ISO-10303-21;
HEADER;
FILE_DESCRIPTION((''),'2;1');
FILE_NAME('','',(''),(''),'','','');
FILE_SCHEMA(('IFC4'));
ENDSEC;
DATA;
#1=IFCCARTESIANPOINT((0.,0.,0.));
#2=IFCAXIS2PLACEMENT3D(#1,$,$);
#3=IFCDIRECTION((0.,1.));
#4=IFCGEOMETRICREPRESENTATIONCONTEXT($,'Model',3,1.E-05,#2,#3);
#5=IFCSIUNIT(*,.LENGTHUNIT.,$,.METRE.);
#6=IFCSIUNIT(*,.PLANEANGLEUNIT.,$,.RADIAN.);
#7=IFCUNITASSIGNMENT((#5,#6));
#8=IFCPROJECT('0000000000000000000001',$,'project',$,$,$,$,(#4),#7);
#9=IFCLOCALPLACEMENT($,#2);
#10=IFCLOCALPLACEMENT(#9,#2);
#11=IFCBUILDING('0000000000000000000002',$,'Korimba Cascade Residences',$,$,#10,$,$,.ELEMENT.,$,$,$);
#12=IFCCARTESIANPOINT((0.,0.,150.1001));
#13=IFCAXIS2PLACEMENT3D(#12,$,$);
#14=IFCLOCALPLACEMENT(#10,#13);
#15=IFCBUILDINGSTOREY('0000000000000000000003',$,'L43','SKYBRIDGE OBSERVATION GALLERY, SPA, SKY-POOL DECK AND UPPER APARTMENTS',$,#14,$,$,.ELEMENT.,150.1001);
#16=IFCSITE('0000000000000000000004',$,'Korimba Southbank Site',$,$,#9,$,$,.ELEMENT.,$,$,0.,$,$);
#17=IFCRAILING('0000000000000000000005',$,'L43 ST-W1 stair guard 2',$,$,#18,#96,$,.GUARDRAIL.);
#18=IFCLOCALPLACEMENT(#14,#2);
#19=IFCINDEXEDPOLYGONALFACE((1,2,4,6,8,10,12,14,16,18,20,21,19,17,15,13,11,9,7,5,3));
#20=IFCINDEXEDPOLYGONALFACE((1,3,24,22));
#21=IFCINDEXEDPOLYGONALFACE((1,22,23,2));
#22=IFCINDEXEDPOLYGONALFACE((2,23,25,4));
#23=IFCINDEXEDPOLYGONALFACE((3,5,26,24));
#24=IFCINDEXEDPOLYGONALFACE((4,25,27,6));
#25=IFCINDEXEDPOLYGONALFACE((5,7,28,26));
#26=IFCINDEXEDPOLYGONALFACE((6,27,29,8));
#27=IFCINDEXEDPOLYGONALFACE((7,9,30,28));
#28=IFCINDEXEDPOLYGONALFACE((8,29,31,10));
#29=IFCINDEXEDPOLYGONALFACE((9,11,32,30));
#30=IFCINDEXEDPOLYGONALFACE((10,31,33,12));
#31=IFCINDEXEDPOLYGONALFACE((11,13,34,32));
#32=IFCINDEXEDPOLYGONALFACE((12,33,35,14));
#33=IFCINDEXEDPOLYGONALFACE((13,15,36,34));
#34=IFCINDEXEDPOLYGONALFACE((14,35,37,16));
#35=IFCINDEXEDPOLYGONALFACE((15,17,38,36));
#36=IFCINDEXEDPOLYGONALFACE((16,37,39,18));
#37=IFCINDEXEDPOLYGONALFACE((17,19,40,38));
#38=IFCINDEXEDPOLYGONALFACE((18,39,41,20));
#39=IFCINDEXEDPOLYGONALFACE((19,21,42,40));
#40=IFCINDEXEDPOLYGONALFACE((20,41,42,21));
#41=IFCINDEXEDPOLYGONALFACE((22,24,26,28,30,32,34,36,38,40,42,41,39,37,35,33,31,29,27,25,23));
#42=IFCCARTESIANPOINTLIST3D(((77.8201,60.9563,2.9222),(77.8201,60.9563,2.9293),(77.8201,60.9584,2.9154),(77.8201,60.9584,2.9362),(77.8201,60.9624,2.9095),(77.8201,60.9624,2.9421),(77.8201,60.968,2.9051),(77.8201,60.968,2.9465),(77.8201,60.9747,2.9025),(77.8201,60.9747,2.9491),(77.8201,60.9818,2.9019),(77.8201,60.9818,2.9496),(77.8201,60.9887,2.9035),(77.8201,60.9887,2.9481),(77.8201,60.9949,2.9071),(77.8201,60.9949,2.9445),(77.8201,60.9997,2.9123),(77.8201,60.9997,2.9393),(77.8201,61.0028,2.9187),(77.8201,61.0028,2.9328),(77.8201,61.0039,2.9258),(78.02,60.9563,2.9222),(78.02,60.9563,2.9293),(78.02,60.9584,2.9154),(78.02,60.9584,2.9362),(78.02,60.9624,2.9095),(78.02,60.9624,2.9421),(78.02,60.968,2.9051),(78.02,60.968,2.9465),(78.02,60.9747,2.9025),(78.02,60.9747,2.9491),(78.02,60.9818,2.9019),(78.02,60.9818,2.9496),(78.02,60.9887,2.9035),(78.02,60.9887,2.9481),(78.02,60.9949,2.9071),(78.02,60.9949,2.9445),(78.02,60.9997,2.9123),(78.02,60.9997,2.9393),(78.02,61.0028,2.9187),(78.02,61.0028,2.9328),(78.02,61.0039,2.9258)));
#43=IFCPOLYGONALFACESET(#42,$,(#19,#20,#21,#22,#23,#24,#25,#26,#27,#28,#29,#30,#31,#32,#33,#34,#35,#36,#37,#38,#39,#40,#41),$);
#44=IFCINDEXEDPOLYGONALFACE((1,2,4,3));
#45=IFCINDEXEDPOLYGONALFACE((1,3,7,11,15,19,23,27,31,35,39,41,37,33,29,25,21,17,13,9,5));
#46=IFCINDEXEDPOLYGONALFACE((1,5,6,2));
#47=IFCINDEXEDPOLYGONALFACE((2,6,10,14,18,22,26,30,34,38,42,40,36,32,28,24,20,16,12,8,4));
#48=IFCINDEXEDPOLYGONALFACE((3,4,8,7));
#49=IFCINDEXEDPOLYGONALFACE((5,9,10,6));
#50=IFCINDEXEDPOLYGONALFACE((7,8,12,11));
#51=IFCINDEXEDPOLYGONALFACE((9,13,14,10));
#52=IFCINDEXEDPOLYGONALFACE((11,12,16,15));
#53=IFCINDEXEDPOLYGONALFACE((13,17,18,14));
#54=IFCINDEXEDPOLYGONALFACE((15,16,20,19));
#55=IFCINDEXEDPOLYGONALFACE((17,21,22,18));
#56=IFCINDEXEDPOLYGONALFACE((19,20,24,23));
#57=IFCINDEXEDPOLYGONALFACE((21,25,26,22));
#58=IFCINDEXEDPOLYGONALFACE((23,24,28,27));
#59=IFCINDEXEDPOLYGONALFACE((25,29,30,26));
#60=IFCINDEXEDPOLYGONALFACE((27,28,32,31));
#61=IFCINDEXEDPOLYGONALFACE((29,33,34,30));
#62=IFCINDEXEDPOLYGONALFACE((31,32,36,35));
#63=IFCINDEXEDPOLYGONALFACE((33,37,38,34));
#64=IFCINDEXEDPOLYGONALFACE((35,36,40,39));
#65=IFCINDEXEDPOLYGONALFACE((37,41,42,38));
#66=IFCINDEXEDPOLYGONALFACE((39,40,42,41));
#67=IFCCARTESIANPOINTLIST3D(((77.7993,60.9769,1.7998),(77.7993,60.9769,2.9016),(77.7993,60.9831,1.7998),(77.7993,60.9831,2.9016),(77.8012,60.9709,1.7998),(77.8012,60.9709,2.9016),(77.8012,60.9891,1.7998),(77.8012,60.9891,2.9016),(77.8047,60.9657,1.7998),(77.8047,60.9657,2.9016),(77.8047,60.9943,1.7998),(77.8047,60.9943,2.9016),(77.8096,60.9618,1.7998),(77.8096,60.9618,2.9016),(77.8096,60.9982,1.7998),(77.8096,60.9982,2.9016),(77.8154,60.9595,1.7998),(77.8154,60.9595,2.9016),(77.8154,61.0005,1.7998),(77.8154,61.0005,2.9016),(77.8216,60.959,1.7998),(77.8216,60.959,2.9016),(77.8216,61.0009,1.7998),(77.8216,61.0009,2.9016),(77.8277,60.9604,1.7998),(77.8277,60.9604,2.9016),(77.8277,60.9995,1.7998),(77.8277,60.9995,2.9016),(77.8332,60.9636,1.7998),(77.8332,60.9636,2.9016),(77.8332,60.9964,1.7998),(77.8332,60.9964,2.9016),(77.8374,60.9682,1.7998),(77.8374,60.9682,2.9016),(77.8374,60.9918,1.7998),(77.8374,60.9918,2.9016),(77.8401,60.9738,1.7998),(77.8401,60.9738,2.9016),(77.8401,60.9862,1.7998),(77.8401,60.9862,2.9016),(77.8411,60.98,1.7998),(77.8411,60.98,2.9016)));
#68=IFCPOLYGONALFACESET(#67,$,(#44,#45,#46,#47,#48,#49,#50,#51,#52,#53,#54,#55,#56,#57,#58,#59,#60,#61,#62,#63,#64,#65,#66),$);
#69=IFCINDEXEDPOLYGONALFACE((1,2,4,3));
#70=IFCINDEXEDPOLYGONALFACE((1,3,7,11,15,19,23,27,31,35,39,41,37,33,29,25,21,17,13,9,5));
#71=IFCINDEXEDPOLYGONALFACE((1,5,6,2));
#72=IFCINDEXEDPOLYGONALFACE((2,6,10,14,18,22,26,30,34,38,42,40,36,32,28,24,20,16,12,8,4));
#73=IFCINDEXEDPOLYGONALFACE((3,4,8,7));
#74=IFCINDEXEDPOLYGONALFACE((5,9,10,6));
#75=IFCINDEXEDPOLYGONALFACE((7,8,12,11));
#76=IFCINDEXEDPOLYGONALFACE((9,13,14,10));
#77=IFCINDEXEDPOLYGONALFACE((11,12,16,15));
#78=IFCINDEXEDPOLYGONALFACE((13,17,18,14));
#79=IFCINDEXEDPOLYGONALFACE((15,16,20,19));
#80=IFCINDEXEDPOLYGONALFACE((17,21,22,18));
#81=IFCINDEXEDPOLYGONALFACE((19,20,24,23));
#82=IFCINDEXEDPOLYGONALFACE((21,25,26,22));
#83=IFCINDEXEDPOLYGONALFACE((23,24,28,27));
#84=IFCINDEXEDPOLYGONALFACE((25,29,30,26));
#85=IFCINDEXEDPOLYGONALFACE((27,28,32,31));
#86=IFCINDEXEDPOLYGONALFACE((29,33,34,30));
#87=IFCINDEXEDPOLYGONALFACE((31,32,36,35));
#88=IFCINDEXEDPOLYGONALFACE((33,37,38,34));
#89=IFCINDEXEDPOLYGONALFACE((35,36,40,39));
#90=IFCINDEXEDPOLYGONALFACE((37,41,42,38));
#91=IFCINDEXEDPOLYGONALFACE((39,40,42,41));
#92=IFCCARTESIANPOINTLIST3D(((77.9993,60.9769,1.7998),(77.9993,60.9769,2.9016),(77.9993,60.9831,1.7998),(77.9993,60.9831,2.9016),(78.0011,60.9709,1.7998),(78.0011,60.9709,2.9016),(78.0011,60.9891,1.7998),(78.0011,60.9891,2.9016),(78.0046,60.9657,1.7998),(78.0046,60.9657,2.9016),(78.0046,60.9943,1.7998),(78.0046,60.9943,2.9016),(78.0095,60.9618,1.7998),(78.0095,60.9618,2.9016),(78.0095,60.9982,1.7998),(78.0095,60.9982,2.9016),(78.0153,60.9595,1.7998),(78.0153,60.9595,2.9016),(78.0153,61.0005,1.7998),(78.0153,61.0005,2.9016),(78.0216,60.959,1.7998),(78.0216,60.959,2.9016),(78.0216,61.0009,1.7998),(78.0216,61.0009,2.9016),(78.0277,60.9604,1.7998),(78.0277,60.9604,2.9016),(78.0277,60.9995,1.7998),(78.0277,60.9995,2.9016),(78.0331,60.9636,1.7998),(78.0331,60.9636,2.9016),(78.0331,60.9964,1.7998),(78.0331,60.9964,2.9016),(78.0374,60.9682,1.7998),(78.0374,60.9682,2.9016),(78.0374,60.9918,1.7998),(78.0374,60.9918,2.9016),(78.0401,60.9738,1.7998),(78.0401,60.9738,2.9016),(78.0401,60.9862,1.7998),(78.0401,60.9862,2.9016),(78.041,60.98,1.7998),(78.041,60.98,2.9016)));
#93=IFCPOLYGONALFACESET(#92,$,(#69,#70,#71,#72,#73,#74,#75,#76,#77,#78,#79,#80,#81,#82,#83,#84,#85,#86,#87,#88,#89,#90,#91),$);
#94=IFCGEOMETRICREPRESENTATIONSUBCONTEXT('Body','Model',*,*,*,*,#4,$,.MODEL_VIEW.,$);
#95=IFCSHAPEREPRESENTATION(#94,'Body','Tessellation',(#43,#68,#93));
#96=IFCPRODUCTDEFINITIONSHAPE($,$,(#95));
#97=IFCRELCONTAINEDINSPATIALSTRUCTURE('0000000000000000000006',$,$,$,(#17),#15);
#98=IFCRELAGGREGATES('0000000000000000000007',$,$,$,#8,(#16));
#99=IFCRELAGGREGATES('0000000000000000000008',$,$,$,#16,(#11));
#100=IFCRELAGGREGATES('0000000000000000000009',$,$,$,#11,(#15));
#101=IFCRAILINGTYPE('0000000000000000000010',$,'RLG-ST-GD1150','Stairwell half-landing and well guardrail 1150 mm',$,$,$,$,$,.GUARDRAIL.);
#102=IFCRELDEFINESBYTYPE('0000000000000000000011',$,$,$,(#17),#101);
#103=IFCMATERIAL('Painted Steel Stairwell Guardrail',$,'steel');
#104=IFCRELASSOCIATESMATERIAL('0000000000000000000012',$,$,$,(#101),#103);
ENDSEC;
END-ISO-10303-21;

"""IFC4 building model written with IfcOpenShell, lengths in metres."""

from ifc_helpers import new_model, si_unit, direction, frame, origin, origin_2d, place, context, subcontext, project, spatial, circle, extrude, material, type_object, element, save


model = new_model("IFC4")

# Units and contexts
model_context = context("Model", 3, precision=1e-05, world=origin(), true_north=direction((0.0, 1.0)))
body_context = subcontext(model_context, "Body", "Model", "MODEL_VIEW")
ifc_project = project(units=[si_unit("LENGTHUNIT", "METRE"), si_unit("PLANEANGLEUNIT", "RADIAN")], contexts=[model_context])

# Site, building, storey
site_placement = place(None, origin())
site = spatial("IfcSite", under=ifc_project, at=site_placement, Name="Korimba Southbank Site", CompositionType="ELEMENT", RefElevation=0.0)
building_placement = place(site_placement, origin())
building = spatial("IfcBuilding", under=site, at=building_placement, Name="Korimba Cascade Residences", CompositionType="ELEMENT")
storey_placement = place(building_placement, frame((0.0, 0.0, 150.1001)))
storey = spatial("IfcBuildingStorey", under=building, at=storey_placement, Name="L43", Description="SKYBRIDGE OBSERVATION GALLERY, SPA, SKY-POOL DECK AND UPPER APARTMENTS", CompositionType="ELEMENT", Elevation=150.1001)

# Railing
ifc_material_1 = material(Name="Painted Steel Stairwell Guardrail", Category="steel")
railing_type_1 = type_object("IfcRailingType", Name="RLG-ST-GD1150", Description="Stairwell half-landing and well guardrail 1150 mm", PredefinedType="GUARDRAIL", material=ifc_material_1)
railing_1_placement = place(storey_placement, frame((77.8201, 60.98, 1.7998)))
element("IfcRailing", 1, at=railing_1_placement, inside=storey, type_object=railing_type_1, Name="L43 ST-W1 stair guard 2", PredefinedType="GUARDRAIL", context=body_context, shape_type="SweptSolid", body=[
    extrude(circle(Radius=0.0239, at=origin_2d()), frame((0.0, 0.0, 1.126), z_axis=(1.0, 0.0, 0.0), x_axis=(0.0, 1.0, 0.0)), (0.0, 0.0, 1.0), 0.2),
    extrude(circle(Radius=0.021, at=origin_2d()), origin(), (0.0, 0.0, 1.0), 1.1018),
    extrude(circle(Radius=0.021, at=origin_2d()), frame((0.2, 0.0, 0.0)), (0.0, 0.0, 1.0), 1.1018),
])

save(model, "model.ifc")
